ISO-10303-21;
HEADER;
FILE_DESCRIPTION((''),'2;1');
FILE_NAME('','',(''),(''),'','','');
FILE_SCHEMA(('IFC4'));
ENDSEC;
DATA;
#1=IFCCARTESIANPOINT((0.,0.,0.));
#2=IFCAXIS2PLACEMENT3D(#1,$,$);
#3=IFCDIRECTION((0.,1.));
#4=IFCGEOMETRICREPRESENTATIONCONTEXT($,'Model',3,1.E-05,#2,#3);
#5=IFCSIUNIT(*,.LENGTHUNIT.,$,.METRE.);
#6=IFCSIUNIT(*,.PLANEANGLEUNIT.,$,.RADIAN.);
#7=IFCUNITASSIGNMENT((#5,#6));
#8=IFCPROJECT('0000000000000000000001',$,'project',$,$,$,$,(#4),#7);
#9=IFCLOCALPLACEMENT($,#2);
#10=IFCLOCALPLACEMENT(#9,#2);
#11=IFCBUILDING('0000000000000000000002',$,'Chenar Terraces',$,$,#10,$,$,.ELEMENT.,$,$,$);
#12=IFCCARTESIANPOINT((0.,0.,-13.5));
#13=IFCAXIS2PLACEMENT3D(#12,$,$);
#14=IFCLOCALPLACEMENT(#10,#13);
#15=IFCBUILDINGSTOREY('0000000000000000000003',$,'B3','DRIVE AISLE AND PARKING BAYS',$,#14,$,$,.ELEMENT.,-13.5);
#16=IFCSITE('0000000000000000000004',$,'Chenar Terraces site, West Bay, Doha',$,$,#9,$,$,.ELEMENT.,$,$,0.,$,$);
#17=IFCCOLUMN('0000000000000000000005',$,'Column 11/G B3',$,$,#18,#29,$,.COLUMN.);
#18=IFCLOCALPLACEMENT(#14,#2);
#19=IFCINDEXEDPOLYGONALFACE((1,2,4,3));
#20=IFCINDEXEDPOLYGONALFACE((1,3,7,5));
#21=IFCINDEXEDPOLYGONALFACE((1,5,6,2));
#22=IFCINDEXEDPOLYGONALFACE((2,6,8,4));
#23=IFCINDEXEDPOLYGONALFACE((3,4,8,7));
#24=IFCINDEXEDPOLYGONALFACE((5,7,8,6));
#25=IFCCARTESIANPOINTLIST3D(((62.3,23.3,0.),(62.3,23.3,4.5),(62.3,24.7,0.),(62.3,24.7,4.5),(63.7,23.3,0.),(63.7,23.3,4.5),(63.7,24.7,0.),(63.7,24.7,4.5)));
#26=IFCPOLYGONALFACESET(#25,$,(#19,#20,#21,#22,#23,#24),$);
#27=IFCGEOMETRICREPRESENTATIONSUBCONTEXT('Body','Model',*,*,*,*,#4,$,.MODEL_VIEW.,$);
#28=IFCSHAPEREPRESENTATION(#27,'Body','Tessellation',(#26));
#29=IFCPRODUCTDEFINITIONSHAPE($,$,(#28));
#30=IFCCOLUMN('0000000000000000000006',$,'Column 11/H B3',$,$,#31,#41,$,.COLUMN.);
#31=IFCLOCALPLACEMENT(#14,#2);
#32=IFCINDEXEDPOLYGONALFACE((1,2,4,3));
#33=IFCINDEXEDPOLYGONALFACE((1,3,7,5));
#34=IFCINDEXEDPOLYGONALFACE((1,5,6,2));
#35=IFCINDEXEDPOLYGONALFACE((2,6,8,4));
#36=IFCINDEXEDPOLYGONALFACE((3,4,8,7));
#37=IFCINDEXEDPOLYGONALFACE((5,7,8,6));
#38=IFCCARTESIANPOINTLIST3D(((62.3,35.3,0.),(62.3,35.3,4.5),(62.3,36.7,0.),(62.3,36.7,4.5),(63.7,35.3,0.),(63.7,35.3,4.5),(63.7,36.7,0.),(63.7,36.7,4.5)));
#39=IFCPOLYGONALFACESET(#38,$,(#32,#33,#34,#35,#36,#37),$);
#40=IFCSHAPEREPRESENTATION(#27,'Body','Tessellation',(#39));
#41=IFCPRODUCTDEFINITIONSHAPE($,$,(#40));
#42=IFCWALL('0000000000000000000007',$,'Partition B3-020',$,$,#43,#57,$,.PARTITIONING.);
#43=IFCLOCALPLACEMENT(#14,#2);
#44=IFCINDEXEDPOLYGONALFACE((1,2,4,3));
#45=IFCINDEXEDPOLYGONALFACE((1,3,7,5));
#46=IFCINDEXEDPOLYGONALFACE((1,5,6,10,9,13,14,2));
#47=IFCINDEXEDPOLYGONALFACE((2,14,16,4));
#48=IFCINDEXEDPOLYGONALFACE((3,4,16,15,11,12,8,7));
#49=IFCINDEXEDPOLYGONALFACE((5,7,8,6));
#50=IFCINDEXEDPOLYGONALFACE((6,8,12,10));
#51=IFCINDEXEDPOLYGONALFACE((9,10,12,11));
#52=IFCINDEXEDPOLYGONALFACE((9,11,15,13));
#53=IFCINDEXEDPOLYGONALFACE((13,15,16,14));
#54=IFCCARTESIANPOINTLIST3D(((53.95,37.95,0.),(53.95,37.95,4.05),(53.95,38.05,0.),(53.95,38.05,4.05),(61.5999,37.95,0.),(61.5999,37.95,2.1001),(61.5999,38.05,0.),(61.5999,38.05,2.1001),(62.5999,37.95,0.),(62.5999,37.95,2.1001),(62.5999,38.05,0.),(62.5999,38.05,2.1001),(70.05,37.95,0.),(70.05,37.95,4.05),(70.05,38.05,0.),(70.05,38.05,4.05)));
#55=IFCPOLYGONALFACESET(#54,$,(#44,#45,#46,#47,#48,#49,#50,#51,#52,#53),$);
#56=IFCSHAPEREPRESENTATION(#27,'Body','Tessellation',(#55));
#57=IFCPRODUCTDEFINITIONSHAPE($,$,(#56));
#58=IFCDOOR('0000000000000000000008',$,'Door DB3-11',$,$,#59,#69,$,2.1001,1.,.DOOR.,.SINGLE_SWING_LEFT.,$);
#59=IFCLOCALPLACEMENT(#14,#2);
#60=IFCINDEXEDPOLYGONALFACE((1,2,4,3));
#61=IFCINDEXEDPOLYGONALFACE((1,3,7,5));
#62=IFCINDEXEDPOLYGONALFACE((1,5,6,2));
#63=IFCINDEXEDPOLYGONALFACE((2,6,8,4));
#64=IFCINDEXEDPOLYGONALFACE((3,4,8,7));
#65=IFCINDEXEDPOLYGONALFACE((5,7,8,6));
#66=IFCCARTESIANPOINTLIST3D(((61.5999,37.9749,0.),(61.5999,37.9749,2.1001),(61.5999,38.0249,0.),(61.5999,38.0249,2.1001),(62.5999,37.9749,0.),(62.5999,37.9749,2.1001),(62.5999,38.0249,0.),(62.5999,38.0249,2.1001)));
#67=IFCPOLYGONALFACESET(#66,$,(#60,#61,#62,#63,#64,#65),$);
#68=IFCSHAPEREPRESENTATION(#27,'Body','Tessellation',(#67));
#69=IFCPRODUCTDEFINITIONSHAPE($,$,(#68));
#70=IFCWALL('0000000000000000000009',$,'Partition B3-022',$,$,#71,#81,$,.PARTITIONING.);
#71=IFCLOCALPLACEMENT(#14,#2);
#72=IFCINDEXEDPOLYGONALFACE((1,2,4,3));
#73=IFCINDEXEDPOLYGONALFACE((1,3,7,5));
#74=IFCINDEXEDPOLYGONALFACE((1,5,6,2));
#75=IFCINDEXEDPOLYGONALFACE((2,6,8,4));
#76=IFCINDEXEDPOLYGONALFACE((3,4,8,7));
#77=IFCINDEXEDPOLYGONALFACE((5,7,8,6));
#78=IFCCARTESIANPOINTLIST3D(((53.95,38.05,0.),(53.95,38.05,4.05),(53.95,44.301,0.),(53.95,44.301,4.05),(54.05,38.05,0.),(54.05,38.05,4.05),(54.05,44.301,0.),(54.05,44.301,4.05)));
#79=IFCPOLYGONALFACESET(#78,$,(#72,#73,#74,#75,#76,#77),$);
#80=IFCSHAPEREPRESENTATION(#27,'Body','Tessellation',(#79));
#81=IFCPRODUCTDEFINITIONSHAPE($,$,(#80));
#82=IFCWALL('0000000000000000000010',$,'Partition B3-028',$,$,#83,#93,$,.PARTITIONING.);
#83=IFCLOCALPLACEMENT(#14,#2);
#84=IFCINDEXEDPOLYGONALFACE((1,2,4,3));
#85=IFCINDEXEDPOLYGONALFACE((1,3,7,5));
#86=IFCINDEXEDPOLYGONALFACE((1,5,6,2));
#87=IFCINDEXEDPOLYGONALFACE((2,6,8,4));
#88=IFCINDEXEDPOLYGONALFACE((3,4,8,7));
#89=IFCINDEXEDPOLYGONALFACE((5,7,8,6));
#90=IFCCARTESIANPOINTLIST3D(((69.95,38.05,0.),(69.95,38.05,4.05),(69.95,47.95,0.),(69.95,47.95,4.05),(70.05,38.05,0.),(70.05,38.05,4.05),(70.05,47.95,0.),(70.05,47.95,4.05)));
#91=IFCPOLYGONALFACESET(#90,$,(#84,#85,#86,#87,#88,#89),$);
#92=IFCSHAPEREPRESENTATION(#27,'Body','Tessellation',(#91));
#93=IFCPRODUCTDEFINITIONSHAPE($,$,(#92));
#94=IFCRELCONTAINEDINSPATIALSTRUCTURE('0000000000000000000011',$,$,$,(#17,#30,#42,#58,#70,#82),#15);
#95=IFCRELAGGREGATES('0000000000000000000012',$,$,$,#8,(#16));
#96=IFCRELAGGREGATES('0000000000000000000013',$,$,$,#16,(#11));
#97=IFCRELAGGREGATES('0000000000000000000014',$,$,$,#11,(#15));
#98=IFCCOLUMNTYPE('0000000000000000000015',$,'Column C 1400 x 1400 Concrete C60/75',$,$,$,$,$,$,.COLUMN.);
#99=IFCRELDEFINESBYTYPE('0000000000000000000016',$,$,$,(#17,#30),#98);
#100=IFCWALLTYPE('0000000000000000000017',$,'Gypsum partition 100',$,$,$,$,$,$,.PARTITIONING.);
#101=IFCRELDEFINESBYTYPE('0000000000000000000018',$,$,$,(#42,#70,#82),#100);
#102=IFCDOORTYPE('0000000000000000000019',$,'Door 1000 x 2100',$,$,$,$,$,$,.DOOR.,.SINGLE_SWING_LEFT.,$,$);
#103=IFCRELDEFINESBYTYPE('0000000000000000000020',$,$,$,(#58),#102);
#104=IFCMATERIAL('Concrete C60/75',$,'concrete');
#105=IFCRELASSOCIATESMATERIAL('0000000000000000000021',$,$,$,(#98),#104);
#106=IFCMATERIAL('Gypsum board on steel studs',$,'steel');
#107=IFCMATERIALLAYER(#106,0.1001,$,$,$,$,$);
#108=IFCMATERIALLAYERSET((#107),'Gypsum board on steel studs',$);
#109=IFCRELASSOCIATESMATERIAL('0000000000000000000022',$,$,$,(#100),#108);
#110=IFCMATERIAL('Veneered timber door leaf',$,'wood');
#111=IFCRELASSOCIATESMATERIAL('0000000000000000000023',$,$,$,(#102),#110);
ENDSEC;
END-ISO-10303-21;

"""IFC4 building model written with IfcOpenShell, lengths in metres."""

from ifc_helpers import new_model, si_unit, direction, frame, frame_2d, origin, origin_2d, place, context, subcontext, project, spatial, rectangle, extrude, material, layer, layer_set, material_profile, profile_set, type_object, element, fill, save


model = new_model("IFC4")

# Units and contexts
model_context = context("Model", 3, precision=1e-05, world=origin(), true_north=direction((0.0, 1.0)))
body_context = subcontext(model_context, "Body", "Model", "MODEL_VIEW")
ifc_project = project(units=[si_unit("LENGTHUNIT", "METRE"), si_unit("PLANEANGLEUNIT", "RADIAN")], contexts=[model_context])

# Site, building, storey
site_placement = place(None, origin())
site = spatial("IfcSite", under=ifc_project, at=site_placement, Name="Chenar Terraces site, West Bay, Doha", CompositionType="ELEMENT", RefElevation=0.0)
building_placement = place(site_placement, origin())
building = spatial("IfcBuilding", under=site, at=building_placement, Name="Chenar Terraces", CompositionType="ELEMENT")
storey_placement = place(building_placement, frame((0.0, 0.0, -13.5)))
storey = spatial("IfcBuildingStorey", under=building, at=storey_placement, Name="B3", Description="DRIVE AISLE AND PARKING BAYS", CompositionType="ELEMENT", Elevation=-13.5)

# Columns
ifc_material_1 = material(Name="Concrete C60/75", Category="concrete")
ifc_material_profile_1 = material_profile(ifc_material_1, rectangle(XDim=1.3999, YDim=1.3999, at=origin_2d()), Name="C 1400 x 1400")
ifc_profile_set_1 = profile_set([ifc_material_profile_1], Name="Concrete C60/75")
column_type = type_object("IfcColumnType", Name="Column C 1400 x 1400 Concrete C60/75", PredefinedType="COLUMN", material=ifc_profile_set_1)
for number, where, z_axis, x_axis, name in (
    (1, (63.0, 24.0, 0.0), (0.0, 0.0, 1.0), (1.0, 0.0, 0.0), "Column 11/G B3"),
    (2, (63.0, 36.0, 0.0), (0.0, 0.0, 1.0), (1.0, 0.0, 0.0), "Column 11/H B3"),
):
    element("IfcColumn", number, at=place(storey_placement, frame(where, z_axis=z_axis, x_axis=x_axis)), inside=storey, type_object=column_type, Name=name, PredefinedType="COLUMN", context=body_context, shape_type="SweptSolid", body=[
        extrude(rectangle(XDim=1.3999, YDim=1.3999, at=origin_2d()), origin(), (0.0, 0.0, 1.0), 4.5),
    ])

# Wall, opening, door
ifc_material_2 = material(Name="Gypsum board on steel studs", Category="steel")
ifc_layer = layer(ifc_material_2, 0.1001)
ifc_layer_set = layer_set([ifc_layer], Name="Gypsum board on steel studs")
wall_type = type_object("IfcWallType", Name="Gypsum partition 100", PredefinedType="PARTITIONING", material=ifc_layer_set)
wall_1_placement = place(storey_placement, frame((53.95, 38.0, 0.0), z_axis=(0.0, 0.0, 1.0), x_axis=(1.0, 0.0, 0.0)))
wall_1 = element("IfcWall", 3, at=wall_1_placement, inside=storey, type_object=wall_type, Name="Partition B3-020", PredefinedType="PARTITIONING", context=body_context, shape_type="SweptSolid", body=[
    extrude(rectangle(XDim=16.1001, YDim=0.1001, at=frame_2d((8.05, 0.0))), origin(), (0.0, 0.0, 1.0), 4.05),
])
opening_placement = place(wall_1_placement, frame((7.6499, 0.0, 0.0)))
opening = element("IfcOpeningElement", 4, at=opening_placement, cuts=wall_1, PredefinedType="OPENING", context=body_context, shape_type="SweptSolid", body=[
    extrude(rectangle(XDim=1.0, YDim=2.1001, at=frame_2d((0.5, 1.05))), frame((0.0, 0.0601, 0.0), z_axis=(0.0, -1.0, 0.0), x_axis=(1.0, 0.0, 0.0)), (0.0, 0.0, 1.0), 0.1201),
])
ifc_material_3 = material(Name="Veneered timber door leaf", Category="wood")
door_type = type_object("IfcDoorType", Name="Door 1000 x 2100", OperationType="SINGLE_SWING_LEFT", PredefinedType="DOOR", material=ifc_material_3)
door_placement = place(opening_placement, origin())
door = element("IfcDoor", 5, at=door_placement, inside=storey, type_object=door_type, Name="Door DB3-11", OperationType="SINGLE_SWING_LEFT", OverallHeight=2.1001, OverallWidth=1.0, PredefinedType="DOOR", context=body_context, shape_type="SweptSolid", body=[
    extrude(rectangle(XDim=1.0, YDim=2.1001, at=frame_2d((0.5, 1.05))), frame((0.0, 0.0249, 0.0), z_axis=(0.0, -1.0, 0.0), x_axis=(1.0, 0.0, 0.0)), (0.0, 0.0, 1.0), 0.05),
])
fill(opening, door)

# Walls
wall_2_placement = place(storey_placement, frame((54.0, 38.05, 0.0), z_axis=(0.0, 0.0, 1.0), x_axis=(0.0, 1.0, 0.0)))
element("IfcWall", 6, at=wall_2_placement, inside=storey, type_object=wall_type, Name="Partition B3-022", PredefinedType="PARTITIONING", context=body_context, shape_type="SweptSolid", body=[
    extrude(rectangle(XDim=6.251, YDim=0.1001, at=frame_2d((3.1255, 0.0))), origin(), (0.0, 0.0, 1.0), 4.05),
])
wall_3_placement = place(storey_placement, frame((70.0, 38.05, 0.0), z_axis=(0.0, 0.0, 1.0), x_axis=(0.0, 1.0, 0.0)))
element("IfcWall", 7, at=wall_3_placement, inside=storey, type_object=wall_type, Name="Partition B3-028", PredefinedType="PARTITIONING", context=body_context, shape_type="SweptSolid", body=[
    extrude(rectangle(XDim=9.8999, YDim=0.1001, at=frame_2d((4.95, 0.0))), origin(), (0.0, 0.0, 1.0), 4.05),
])

save(model, "model.ifc")
